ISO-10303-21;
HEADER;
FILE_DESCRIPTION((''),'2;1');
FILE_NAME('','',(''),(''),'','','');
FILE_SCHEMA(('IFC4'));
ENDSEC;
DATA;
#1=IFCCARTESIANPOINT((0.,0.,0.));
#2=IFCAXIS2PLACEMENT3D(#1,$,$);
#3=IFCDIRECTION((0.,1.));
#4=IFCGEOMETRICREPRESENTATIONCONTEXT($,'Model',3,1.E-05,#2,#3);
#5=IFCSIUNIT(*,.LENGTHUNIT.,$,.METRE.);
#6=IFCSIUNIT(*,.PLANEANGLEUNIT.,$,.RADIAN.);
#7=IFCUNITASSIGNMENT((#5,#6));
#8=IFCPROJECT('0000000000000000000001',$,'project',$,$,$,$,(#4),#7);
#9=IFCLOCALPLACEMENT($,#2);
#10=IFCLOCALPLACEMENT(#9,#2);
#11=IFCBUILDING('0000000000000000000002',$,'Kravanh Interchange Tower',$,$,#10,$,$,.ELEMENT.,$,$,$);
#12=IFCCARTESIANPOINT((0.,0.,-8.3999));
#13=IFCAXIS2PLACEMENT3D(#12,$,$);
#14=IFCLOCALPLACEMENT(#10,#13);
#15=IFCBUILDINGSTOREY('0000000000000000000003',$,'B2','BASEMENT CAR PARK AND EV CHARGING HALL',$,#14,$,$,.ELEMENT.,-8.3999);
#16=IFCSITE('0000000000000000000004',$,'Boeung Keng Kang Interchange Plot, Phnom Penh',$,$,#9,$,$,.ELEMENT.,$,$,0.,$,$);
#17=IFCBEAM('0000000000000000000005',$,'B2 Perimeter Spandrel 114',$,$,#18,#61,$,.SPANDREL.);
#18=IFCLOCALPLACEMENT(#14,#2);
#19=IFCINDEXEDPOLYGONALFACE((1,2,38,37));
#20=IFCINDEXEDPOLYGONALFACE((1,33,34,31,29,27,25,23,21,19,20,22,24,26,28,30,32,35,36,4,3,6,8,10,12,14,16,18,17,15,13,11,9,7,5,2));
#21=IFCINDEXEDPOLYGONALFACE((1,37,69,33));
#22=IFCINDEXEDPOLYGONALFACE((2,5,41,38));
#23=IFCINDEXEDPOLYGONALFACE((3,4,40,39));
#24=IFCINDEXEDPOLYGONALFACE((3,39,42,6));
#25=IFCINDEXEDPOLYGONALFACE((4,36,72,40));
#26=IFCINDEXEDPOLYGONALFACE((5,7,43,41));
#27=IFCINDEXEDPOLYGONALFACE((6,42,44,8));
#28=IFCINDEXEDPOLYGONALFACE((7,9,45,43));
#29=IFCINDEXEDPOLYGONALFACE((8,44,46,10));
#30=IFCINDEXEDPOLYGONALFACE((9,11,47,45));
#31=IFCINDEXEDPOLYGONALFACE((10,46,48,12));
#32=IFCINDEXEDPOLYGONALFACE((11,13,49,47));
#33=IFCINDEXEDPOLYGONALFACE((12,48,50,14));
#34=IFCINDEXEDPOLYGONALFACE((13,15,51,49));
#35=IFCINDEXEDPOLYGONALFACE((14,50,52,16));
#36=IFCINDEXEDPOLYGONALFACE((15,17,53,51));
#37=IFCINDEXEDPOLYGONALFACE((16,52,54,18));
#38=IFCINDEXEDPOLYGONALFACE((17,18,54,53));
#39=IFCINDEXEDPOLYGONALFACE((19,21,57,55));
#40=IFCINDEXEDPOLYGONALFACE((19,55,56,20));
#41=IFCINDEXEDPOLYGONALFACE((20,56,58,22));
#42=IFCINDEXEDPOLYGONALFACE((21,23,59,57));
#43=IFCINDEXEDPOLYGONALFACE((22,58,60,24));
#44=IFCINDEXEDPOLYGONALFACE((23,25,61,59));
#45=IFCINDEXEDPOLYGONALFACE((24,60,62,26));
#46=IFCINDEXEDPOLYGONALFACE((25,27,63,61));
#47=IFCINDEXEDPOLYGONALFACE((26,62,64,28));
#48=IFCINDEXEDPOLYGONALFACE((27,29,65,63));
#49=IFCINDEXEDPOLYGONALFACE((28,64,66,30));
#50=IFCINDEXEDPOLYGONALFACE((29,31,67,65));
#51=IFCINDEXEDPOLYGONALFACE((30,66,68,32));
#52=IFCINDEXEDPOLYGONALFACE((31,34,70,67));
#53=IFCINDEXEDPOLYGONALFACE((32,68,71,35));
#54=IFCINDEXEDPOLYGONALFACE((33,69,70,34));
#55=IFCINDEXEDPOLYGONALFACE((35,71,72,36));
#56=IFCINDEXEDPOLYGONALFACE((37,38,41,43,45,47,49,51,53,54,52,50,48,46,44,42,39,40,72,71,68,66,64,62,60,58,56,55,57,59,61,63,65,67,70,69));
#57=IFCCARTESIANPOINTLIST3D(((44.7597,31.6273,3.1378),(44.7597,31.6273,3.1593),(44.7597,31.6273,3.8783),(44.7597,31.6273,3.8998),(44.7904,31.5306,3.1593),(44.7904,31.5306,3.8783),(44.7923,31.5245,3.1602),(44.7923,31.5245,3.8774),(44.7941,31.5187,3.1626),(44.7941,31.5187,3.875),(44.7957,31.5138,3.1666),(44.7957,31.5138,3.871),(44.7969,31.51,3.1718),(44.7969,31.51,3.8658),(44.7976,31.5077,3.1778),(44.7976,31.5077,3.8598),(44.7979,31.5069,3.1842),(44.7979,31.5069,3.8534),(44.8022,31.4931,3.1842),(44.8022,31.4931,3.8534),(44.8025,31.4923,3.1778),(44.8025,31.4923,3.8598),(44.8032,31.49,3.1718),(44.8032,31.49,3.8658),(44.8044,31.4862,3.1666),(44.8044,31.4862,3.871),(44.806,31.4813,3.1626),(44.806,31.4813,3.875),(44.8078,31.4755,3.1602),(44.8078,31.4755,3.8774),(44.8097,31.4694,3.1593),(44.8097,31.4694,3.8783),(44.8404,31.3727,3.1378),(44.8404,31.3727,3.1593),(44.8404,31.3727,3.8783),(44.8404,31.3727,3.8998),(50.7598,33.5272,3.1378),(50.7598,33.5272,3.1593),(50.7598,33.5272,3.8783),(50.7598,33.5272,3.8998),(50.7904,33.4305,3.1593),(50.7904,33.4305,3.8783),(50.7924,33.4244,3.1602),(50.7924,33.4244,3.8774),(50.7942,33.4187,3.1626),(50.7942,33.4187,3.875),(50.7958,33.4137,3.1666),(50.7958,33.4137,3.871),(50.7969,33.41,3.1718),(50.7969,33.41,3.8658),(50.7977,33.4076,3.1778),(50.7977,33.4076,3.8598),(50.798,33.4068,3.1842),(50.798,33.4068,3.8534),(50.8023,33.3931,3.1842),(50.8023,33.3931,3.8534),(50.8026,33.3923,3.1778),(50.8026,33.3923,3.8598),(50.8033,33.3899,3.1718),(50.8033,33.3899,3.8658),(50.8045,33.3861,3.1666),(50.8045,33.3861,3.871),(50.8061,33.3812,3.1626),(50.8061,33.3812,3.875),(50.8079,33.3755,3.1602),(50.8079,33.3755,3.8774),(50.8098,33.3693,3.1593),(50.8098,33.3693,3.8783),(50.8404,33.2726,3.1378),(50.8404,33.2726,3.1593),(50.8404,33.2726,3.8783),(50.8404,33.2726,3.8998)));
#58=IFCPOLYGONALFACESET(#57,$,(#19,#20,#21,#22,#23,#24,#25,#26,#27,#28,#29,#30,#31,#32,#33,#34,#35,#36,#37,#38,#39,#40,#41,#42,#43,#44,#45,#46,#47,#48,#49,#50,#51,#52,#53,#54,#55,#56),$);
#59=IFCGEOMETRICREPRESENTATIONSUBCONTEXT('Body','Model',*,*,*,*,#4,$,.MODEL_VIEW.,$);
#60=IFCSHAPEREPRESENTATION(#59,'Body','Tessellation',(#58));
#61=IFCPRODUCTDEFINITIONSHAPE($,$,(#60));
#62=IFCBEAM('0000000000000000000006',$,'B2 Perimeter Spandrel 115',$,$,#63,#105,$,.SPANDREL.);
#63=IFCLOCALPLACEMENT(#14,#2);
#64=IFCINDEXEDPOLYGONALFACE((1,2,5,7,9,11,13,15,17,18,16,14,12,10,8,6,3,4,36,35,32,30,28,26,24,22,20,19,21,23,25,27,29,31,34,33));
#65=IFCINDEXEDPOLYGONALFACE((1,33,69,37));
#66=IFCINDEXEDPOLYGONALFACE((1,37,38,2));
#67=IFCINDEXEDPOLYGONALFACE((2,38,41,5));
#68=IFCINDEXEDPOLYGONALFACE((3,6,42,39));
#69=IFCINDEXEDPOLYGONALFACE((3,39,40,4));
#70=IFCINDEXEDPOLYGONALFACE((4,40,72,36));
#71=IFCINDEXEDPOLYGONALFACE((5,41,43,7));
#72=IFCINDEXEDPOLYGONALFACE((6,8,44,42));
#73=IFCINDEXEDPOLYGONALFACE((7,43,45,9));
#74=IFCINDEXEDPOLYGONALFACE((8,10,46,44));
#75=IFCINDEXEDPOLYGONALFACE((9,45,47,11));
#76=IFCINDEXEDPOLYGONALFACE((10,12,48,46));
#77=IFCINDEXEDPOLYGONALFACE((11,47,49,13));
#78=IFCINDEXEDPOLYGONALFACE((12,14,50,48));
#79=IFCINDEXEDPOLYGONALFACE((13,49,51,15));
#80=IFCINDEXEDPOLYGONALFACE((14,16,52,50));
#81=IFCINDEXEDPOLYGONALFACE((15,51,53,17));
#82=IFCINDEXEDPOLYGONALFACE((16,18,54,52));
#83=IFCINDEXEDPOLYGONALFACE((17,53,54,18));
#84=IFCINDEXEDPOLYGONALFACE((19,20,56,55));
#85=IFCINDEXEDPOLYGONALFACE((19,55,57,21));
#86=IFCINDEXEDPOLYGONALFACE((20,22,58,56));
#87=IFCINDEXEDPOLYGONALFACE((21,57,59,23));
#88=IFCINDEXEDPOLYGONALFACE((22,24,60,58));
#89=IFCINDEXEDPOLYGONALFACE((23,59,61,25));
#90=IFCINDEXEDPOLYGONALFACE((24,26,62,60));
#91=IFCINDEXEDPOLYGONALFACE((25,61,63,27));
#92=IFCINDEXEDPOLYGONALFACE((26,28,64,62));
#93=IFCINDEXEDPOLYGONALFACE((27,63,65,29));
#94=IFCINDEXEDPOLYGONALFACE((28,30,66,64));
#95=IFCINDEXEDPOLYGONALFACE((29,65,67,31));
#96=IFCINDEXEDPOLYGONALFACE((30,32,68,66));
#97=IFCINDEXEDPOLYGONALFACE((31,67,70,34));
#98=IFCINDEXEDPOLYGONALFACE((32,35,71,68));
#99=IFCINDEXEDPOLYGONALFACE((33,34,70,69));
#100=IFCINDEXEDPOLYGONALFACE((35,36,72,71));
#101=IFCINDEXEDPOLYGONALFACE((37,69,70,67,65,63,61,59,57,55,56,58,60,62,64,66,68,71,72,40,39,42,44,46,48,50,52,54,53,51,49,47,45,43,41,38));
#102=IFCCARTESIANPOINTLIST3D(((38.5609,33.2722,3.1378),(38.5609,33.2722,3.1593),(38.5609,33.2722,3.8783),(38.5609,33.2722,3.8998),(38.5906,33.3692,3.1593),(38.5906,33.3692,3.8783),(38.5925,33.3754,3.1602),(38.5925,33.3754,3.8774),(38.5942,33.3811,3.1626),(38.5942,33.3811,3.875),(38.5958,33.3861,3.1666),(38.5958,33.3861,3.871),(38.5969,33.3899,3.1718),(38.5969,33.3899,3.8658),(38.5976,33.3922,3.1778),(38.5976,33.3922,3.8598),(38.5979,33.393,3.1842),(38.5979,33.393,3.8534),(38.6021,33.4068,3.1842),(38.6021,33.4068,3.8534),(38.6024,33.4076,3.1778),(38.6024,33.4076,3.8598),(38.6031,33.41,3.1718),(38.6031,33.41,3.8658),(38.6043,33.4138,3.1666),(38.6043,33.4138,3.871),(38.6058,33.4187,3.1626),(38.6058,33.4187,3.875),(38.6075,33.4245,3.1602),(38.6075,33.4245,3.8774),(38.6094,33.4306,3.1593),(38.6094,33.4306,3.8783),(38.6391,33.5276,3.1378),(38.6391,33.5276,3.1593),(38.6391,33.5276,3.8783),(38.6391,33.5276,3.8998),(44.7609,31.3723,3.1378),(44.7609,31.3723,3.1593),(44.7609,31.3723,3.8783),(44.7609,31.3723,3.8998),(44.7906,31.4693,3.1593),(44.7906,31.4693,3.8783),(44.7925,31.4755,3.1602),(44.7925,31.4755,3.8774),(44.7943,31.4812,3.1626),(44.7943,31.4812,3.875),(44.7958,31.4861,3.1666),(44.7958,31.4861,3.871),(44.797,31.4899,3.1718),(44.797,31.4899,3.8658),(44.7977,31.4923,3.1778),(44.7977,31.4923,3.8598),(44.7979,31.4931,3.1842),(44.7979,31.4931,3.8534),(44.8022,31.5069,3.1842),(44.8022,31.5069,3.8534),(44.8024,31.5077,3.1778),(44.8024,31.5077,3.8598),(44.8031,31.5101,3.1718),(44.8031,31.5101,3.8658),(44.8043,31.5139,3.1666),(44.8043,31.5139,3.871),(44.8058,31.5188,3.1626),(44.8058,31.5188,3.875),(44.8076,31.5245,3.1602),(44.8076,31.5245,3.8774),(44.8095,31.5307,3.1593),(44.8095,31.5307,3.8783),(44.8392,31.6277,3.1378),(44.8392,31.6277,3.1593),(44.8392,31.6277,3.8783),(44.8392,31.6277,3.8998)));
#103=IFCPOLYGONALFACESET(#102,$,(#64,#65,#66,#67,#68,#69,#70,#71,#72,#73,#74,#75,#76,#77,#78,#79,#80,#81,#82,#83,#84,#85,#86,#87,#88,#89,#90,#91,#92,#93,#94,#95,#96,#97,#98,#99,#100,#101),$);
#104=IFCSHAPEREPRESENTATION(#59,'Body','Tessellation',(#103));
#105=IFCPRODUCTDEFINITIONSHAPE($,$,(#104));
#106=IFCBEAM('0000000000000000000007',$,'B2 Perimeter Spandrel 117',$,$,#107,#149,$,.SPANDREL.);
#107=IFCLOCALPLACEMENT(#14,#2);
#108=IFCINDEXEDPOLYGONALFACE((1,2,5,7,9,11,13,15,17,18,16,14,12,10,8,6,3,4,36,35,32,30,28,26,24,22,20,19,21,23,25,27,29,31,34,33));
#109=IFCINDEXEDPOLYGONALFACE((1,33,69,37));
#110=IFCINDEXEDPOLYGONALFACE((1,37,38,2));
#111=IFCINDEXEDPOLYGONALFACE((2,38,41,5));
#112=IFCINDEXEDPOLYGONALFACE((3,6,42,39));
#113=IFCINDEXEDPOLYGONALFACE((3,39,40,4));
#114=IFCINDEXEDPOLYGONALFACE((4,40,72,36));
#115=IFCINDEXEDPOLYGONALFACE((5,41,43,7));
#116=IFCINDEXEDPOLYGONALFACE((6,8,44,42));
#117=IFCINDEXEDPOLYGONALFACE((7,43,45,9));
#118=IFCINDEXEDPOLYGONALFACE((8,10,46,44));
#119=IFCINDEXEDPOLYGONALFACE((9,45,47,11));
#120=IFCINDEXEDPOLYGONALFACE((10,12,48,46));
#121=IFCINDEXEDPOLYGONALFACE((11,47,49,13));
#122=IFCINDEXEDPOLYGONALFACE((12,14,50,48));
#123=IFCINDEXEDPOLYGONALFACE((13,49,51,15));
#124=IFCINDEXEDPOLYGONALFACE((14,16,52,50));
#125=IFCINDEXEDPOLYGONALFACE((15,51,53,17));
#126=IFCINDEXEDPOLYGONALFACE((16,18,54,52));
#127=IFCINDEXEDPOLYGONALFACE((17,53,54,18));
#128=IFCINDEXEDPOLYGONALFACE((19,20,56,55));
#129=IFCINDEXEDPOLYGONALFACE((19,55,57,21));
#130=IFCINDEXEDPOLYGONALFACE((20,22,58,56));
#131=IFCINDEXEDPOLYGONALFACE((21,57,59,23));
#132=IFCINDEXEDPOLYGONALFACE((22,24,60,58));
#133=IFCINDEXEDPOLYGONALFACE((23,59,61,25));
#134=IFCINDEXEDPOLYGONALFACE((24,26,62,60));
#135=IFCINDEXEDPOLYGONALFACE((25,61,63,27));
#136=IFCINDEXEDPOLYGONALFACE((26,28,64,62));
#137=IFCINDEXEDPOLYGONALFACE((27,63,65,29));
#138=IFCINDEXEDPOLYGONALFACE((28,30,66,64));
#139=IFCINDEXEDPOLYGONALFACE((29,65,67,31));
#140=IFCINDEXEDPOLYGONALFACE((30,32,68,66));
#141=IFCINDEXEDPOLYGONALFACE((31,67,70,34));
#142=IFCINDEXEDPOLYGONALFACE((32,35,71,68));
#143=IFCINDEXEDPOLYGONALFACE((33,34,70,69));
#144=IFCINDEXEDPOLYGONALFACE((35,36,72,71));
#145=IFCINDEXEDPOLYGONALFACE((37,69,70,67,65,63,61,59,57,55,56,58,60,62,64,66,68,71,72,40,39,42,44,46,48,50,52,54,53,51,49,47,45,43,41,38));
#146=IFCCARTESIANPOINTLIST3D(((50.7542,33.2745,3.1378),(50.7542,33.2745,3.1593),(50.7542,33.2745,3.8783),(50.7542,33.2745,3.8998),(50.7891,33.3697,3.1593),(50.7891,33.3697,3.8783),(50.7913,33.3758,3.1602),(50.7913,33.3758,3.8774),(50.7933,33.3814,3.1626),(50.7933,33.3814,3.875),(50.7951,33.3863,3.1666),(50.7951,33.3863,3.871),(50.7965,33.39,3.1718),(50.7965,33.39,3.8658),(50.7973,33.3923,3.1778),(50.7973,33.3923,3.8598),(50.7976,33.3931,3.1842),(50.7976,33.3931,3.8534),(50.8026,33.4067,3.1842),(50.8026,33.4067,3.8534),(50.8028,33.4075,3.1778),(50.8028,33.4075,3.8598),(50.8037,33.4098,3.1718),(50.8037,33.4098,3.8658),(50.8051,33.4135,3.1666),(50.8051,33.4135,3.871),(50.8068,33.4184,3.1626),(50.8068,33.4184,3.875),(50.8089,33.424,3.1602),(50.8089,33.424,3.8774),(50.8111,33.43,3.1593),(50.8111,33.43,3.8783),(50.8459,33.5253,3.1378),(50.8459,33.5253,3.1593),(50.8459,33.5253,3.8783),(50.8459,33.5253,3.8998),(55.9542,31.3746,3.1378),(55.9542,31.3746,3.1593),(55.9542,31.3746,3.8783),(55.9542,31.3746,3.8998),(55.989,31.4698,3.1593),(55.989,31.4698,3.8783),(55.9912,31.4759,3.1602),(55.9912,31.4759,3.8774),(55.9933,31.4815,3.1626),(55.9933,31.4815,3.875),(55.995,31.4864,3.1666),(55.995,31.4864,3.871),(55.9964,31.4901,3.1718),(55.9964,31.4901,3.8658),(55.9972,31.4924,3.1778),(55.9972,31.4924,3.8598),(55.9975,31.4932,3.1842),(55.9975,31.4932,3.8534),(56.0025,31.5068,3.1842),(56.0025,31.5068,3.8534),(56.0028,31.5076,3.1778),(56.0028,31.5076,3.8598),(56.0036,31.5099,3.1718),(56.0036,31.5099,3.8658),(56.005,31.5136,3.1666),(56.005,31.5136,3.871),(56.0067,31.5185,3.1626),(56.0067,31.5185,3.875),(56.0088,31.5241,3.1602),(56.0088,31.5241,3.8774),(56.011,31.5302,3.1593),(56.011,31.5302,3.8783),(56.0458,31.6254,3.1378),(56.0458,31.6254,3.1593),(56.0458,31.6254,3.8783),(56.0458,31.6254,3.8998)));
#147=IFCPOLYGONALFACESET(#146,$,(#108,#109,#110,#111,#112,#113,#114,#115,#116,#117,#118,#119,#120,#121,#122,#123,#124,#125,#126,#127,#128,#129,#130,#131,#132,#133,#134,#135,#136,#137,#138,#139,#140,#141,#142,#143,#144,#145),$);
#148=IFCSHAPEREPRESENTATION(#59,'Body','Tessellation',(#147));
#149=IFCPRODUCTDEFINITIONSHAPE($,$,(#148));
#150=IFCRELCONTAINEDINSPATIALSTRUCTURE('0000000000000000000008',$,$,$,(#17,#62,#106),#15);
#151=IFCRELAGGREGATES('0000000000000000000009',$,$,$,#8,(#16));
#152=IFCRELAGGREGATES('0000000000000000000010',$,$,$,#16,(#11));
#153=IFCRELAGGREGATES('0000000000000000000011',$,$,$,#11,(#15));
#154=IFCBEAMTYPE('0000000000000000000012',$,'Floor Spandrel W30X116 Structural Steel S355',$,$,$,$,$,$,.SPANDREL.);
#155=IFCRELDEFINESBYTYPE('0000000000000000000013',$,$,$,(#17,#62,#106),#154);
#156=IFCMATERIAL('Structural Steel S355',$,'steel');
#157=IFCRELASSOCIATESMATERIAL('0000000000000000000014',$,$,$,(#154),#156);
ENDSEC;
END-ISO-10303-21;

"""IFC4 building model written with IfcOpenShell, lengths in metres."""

from ifc_helpers import new_model, si_unit, direction, frame, origin, origin_2d, place, context, subcontext, project, spatial, i_section, extrude, material, material_profile, profile_set, type_object, element, save


model = new_model("IFC4")

# Units and contexts
model_context = context("Model", 3, precision=1e-05, world=origin(), true_north=direction((0.0, 1.0)))
body_context = subcontext(model_context, "Body", "Model", "MODEL_VIEW")
ifc_project = project(units=[si_unit("LENGTHUNIT", "METRE"), si_unit("PLANEANGLEUNIT", "RADIAN")], contexts=[model_context])

# Site, building, storey
site_placement = place(None, origin())
site = spatial("IfcSite", under=ifc_project, at=site_placement, Name="Boeung Keng Kang Interchange Plot, Phnom Penh", CompositionType="ELEMENT", RefElevation=0.0)
building_placement = place(site_placement, origin())
building = spatial("IfcBuilding", under=site, at=building_placement, Name="Kravanh Interchange Tower", CompositionType="ELEMENT")
storey_placement = place(building_placement, frame((0.0, 0.0, -8.3999)))
storey = spatial("IfcBuildingStorey", under=building, at=storey_placement, Name="B2", Description="BASEMENT CAR PARK AND EV CHARGING HALL", CompositionType="ELEMENT", Elevation=-8.3999)

# Beams
ifc_material_1 = material(Name="Structural Steel S355", Category="steel")
ifc_material_profile_1 = material_profile(ifc_material_1, i_section(OverallWidth=0.2671, OverallDepth=0.762, WebThickness=0.0144, FlangeThickness=0.0215, FilletRadius=0.0249, at=origin_2d()), Name="W30X116")
ifc_profile_set_1 = profile_set([ifc_material_profile_1], Name="Structural Steel S355")
beam_type_1 = type_object("IfcBeamType", Name="Floor Spandrel W30X116 Structural Steel S355", PredefinedType="SPANDREL", material=ifc_profile_set_1)
beam_1_placement = place(storey_placement, frame((44.8, 31.5, 3.5188), z_axis=(0.953347, 0.301878, 0.0), x_axis=(-0.301878, 0.953347, 0.0)))
element("IfcBeam", 1, at=beam_1_placement, inside=storey, type_object=beam_type_1, Name="B2 Perimeter Spandrel 114", PredefinedType="SPANDREL", context=body_context, shape_type="SweptSolid", body=[
    extrude(i_section(OverallWidth=0.2671, OverallDepth=0.762, WebThickness=0.0144, FlangeThickness=0.0215, FilletRadius=0.0249, at=origin_2d()), origin(), (0.0, 0.0, 1.0), 6.2937),
])
beam_2_placement = place(storey_placement, frame((44.8, 31.5, 3.5188), z_axis=(-0.956115, 0.29299, 0.0), x_axis=(-0.29299, -0.956115, 0.0)))
element("IfcBeam", 2, at=beam_2_placement, inside=storey, type_object=beam_type_1, Name="B2 Perimeter Spandrel 115", PredefinedType="SPANDREL", context=body_context, shape_type="SweptSolid", body=[
    extrude(i_section(OverallWidth=0.2671, OverallDepth=0.762, WebThickness=0.0144, FlangeThickness=0.0215, FilletRadius=0.0249, at=origin_2d()), origin(), (0.0, 0.0, 1.0), 6.4846),
])
beam_3_placement = place(storey_placement, frame((56.0, 31.5, 3.5188), z_axis=(-0.93927, 0.34318, 0.0), x_axis=(-0.34318, -0.93927, 0.0)))
element("IfcBeam", 3, at=beam_3_placement, inside=storey, type_object=beam_type_1, Name="B2 Perimeter Spandrel 117", PredefinedType="SPANDREL", context=body_context, shape_type="SweptSolid", body=[
    extrude(i_section(OverallWidth=0.2671, OverallDepth=0.762, WebThickness=0.0144, FlangeThickness=0.0215, FilletRadius=0.0249, at=origin_2d()), origin(), (0.0, 0.0, 1.0), 5.5361),
])

save(model, "model.ifc")
